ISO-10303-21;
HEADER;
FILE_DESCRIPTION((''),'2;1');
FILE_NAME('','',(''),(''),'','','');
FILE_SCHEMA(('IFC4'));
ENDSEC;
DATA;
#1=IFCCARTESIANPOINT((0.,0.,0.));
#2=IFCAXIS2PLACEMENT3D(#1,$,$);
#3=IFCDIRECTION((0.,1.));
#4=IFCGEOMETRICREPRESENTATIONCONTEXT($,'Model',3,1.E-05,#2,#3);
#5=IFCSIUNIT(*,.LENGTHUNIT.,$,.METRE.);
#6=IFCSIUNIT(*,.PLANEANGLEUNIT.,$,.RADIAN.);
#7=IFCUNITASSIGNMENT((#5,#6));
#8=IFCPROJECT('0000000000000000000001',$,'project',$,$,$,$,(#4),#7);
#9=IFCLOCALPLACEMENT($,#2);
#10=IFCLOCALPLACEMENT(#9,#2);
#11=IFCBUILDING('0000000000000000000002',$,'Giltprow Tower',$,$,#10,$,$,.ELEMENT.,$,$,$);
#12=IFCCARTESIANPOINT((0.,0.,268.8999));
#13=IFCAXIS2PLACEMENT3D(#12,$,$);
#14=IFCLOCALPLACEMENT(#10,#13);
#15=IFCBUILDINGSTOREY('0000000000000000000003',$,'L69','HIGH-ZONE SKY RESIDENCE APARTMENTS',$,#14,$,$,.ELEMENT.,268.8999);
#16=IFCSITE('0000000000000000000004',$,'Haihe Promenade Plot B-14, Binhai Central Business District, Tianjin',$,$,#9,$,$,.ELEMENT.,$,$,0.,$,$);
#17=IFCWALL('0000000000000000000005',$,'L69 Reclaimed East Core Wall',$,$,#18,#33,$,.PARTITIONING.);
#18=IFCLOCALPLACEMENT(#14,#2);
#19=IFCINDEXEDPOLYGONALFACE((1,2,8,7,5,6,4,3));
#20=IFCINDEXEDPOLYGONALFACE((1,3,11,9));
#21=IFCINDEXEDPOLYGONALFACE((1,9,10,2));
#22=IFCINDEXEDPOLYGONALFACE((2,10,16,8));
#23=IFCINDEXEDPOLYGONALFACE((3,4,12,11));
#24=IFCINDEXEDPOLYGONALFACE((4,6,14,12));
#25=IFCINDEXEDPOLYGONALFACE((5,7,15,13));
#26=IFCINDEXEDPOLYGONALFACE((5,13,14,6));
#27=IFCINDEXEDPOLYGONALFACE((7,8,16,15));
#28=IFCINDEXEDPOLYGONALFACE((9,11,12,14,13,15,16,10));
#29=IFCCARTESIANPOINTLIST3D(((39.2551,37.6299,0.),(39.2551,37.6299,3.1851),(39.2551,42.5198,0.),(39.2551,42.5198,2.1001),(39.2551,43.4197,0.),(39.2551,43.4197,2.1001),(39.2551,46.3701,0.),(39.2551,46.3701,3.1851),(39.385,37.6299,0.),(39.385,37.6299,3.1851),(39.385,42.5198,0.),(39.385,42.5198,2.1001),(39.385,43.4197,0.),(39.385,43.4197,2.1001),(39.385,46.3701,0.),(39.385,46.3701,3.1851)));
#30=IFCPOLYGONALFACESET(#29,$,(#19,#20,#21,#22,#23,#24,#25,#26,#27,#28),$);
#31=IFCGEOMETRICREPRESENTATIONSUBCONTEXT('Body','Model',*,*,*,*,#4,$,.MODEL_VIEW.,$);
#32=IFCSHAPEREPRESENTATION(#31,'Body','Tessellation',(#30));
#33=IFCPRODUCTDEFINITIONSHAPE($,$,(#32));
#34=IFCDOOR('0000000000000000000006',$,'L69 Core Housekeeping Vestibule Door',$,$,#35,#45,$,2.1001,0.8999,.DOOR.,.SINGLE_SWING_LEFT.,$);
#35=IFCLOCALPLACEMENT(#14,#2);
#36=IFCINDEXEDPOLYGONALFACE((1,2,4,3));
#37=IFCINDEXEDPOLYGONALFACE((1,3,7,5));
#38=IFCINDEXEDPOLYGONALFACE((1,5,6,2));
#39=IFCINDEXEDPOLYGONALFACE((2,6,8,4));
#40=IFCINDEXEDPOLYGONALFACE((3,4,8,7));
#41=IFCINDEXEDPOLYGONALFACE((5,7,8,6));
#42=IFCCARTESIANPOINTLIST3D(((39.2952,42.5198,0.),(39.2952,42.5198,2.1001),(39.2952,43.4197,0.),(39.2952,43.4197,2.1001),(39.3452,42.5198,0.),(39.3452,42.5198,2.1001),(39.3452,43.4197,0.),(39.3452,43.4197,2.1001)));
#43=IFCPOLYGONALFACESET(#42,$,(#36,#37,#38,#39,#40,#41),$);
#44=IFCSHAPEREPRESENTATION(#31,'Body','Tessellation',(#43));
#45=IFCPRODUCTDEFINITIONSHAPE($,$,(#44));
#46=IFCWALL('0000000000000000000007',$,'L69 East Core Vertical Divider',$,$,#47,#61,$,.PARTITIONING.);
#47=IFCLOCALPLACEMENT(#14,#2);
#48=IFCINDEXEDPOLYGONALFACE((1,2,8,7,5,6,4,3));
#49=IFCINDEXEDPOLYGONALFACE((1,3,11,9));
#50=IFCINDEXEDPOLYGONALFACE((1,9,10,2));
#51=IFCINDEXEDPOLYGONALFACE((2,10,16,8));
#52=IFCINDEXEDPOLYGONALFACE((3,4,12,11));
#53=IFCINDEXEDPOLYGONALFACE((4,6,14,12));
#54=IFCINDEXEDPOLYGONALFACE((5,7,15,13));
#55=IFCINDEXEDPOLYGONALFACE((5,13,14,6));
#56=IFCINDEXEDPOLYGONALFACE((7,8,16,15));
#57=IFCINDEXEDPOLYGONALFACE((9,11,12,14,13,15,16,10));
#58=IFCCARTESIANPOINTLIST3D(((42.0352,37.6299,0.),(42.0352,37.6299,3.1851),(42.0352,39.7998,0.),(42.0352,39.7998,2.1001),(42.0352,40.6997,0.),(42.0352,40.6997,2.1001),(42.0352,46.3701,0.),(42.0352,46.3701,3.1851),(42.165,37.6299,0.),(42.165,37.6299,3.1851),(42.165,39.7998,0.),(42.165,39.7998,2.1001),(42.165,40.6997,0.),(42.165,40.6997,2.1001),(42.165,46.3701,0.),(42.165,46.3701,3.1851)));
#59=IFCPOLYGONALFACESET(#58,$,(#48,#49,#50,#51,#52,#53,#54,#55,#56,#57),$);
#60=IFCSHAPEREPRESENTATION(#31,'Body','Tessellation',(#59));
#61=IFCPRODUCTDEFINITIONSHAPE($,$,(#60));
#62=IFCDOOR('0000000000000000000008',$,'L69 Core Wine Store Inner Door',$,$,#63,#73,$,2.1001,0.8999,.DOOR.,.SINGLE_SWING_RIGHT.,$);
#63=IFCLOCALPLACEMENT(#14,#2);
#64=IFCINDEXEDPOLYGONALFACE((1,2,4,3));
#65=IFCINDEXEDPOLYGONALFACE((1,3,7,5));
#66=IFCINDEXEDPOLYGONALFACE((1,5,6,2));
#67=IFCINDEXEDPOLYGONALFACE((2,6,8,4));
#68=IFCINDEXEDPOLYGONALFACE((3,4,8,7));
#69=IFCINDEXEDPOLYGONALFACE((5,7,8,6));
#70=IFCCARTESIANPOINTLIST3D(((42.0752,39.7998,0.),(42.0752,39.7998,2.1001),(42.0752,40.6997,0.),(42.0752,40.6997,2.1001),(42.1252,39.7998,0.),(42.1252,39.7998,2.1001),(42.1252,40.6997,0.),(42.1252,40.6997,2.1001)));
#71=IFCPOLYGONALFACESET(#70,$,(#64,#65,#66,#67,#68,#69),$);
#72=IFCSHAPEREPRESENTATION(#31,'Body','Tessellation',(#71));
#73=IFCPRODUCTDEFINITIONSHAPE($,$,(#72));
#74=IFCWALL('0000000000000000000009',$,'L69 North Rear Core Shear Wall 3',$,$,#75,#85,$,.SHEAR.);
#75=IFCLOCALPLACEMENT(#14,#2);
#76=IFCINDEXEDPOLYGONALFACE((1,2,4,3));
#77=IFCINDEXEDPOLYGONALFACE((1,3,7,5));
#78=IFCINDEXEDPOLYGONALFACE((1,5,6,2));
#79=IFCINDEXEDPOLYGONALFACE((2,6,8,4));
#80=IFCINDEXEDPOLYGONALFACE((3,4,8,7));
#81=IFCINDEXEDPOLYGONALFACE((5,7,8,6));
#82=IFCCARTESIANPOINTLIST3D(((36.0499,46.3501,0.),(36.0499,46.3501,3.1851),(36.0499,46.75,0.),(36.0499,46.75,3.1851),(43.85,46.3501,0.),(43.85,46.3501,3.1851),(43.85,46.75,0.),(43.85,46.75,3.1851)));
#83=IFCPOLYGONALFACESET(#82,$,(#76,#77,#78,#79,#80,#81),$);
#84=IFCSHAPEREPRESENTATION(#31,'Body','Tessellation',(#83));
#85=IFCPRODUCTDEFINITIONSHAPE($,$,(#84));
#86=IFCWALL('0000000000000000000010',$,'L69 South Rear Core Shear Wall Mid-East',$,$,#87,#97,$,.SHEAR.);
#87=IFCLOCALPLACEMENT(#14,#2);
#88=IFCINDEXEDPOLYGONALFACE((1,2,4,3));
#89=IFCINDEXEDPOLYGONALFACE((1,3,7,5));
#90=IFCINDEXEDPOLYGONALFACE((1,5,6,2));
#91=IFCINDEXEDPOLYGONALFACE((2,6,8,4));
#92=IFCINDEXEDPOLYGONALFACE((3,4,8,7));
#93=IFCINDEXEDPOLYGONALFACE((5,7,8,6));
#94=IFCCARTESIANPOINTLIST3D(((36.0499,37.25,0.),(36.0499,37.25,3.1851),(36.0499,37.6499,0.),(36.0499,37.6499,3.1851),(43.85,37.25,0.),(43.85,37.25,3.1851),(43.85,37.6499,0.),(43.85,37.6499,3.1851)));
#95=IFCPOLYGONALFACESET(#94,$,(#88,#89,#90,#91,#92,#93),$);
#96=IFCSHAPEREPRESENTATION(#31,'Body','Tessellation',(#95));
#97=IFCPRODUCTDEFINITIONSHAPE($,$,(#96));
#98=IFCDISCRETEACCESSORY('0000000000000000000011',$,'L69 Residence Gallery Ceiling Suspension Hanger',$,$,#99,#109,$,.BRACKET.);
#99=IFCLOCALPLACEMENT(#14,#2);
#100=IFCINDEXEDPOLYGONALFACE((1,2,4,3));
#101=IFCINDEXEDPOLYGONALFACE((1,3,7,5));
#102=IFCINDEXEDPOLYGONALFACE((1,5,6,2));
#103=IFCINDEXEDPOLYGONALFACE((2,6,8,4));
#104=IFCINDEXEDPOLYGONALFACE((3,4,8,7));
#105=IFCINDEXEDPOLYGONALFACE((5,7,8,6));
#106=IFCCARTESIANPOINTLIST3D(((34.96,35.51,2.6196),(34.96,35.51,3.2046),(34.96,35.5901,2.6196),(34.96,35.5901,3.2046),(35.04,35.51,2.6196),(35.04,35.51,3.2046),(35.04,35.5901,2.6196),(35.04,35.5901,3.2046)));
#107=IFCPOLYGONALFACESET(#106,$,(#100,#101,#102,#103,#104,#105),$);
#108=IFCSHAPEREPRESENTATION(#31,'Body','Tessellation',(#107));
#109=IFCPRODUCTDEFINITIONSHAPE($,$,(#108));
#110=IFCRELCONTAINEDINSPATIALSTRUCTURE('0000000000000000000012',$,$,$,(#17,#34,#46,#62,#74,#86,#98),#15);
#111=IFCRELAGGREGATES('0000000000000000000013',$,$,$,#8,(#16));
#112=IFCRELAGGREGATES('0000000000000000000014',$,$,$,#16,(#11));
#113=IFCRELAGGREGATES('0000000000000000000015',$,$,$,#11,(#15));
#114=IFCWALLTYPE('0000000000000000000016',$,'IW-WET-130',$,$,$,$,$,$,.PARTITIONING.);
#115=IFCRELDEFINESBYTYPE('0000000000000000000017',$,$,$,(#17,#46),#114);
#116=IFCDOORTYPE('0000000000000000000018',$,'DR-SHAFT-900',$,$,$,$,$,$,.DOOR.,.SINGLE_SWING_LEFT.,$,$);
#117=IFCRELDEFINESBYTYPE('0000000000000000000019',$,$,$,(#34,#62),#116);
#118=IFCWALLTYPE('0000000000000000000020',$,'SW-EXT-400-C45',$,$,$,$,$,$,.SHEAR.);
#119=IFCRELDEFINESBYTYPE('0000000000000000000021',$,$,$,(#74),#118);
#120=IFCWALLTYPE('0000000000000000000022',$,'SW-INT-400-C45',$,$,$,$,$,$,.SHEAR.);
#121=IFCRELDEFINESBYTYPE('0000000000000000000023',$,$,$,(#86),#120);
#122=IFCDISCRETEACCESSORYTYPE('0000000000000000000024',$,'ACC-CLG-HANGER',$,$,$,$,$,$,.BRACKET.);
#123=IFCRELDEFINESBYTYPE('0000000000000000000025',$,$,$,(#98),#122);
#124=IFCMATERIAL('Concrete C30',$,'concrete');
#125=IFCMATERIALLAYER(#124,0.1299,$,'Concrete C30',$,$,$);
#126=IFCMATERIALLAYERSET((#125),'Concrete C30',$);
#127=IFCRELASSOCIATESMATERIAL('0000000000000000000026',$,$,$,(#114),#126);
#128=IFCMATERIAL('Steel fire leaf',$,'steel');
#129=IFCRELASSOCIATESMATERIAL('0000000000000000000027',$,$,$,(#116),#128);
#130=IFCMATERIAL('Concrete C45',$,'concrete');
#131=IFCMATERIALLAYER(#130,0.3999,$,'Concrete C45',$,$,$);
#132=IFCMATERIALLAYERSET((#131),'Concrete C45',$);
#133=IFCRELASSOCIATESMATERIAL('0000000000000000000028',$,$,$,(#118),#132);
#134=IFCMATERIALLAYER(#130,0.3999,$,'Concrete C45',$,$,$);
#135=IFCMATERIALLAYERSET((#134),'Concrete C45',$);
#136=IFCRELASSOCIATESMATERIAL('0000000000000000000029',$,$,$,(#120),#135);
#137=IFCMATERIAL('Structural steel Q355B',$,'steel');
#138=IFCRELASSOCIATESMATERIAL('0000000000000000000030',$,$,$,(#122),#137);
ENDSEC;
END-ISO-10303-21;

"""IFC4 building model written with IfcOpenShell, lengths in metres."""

from ifc_helpers import new_model, si_unit, direction, frame, frame_2d, origin, origin_2d, place, context, subcontext, project, spatial, rectangle, extrude, source, transform, mapped, material, layer, layer_set, type_object, element, fill, save


model = new_model("IFC4")

# Units and contexts
model_context = context("Model", 3, precision=1e-05, world=origin(), true_north=direction((0.0, 1.0)))
body_context = subcontext(model_context, "Body", "Model", "MODEL_VIEW")
ifc_project = project(units=[si_unit("LENGTHUNIT", "METRE"), si_unit("PLANEANGLEUNIT", "RADIAN")], contexts=[model_context])

# Site, building, storey
site_placement = place(None, origin())
site = spatial("IfcSite", under=ifc_project, at=site_placement, Name="Haihe Promenade Plot B-14, Binhai Central Business District, Tianjin", CompositionType="ELEMENT", RefElevation=0.0)
building_placement = place(site_placement, origin())
building = spatial("IfcBuilding", under=site, at=building_placement, Name="Giltprow Tower", CompositionType="ELEMENT")
storey_placement = place(building_placement, frame((0.0, 0.0, 268.8999)))
storey = spatial("IfcBuildingStorey", under=building, at=storey_placement, Name="L69", Description="HIGH-ZONE SKY RESIDENCE APARTMENTS", CompositionType="ELEMENT", Elevation=268.8999)

# Shared definitions
ifc_material_1 = material(Name="Concrete C45", Category="concrete")

# Shared definitions
ifc_material_2 = material(Name="Structural steel Q355B", Category="steel")

# Shared definitions
ifc_material_3 = material(Name="Concrete C30", Category="concrete")
ifc_layer_1 = layer(ifc_material_3, 0.1299, Name="Concrete C30")
ifc_layer_set_1 = layer_set([ifc_layer_1], Name="Concrete C30")
wall_type_1 = type_object("IfcWallType", Name="IW-WET-130", PredefinedType="PARTITIONING", material=ifc_layer_set_1)
ifc_material_4 = material(Name="Steel fire leaf", Category="steel")
door_type_1 = type_object("IfcDoorType", Name="DR-SHAFT-900", OperationType="SINGLE_SWING_LEFT", PredefinedType="DOOR", material=ifc_material_4)
shared_shape_1 = source(origin(), body_context, "Body", "SweptSolid", [
    extrude(rectangle(XDim=0.8999, YDim=2.1001, at=frame_2d((0.45, 1.05))), frame((0.0, 0.0249, 0.0), z_axis=(0.0, -1.0, 0.0), x_axis=(1.0, 0.0, 0.0)), (0.0, 0.0, 1.0), 0.05),
])

# Walls, openings, doors
wall_1_placement = place(storey_placement, frame((39.3201, 37.6299, 0.0), z_axis=(0.0, 0.0, 1.0), x_axis=(0.0, 1.0, 0.0)))
wall_1 = element("IfcWall", 1, at=wall_1_placement, inside=storey, type_object=wall_type_1, Name="L69 Reclaimed East Core Wall", PredefinedType="PARTITIONING", context=body_context, shape_type="SweptSolid", body=[
    extrude(rectangle(XDim=8.7402, YDim=0.1299, at=frame_2d((4.3701, 0.0))), origin(), (0.0, 0.0, 1.0), 3.1851),
])
opening_1_placement = place(wall_1_placement, frame((4.8899, 0.0, 0.0)))
opening_1 = element("IfcOpeningElement", 2, at=opening_1_placement, cuts=wall_1, PredefinedType="OPENING", context=body_context, shape_type="SweptSolid", body=[
    extrude(rectangle(XDim=0.8999, YDim=2.1001, at=frame_2d((0.45, 1.05))), frame((0.0, 0.075, 0.0), z_axis=(0.0, -1.0, 0.0), x_axis=(1.0, 0.0, 0.0)), (0.0, 0.0, 1.0), 0.1499),
])
door_1_placement = place(opening_1_placement, origin())
door_1 = element("IfcDoor", 3, at=door_1_placement, inside=storey, type_object=door_type_1, Name="L69 Core Housekeeping Vestibule Door", OperationType="SINGLE_SWING_LEFT", OverallHeight=2.1001, OverallWidth=0.8999, PredefinedType="DOOR", context=body_context, shape_type="MappedRepresentation", body=[
    mapped(shared_shape_1, transform((0.0, 0.0, 0.0), x_axis=(1.0, 0.0, 0.0), y_axis=(0.0, 1.0, 0.0), z_axis=(0.0, 0.0, 1.0), scale=1.0)),
])
fill(opening_1, door_1)
wall_2_placement = place(storey_placement, frame((42.1001, 37.6299, 0.0), z_axis=(0.0, 0.0, 1.0), x_axis=(0.0, 1.0, 0.0)))
wall_2 = element("IfcWall", 4, at=wall_2_placement, inside=storey, type_object=wall_type_1, Name="L69 East Core Vertical Divider", PredefinedType="PARTITIONING", context=body_context, shape_type="SweptSolid", body=[
    extrude(rectangle(XDim=8.7402, YDim=0.1299, at=frame_2d((4.3701, 0.0))), origin(), (0.0, 0.0, 1.0), 3.1851),
])
opening_2_placement = place(wall_2_placement, frame((2.1699, 0.0, 0.0)))
opening_2 = element("IfcOpeningElement", 5, at=opening_2_placement, cuts=wall_2, PredefinedType="OPENING", context=body_context, shape_type="SweptSolid", body=[
    extrude(rectangle(XDim=0.8999, YDim=2.1001, at=frame_2d((0.45, 1.05))), frame((0.0, 0.075, 0.0), z_axis=(0.0, -1.0, 0.0), x_axis=(1.0, 0.0, 0.0)), (0.0, 0.0, 1.0), 0.1499),
])
door_2_placement = place(opening_2_placement, origin())
door_2 = element("IfcDoor", 6, at=door_2_placement, inside=storey, type_object=door_type_1, Name="L69 Core Wine Store Inner Door", OperationType="SINGLE_SWING_RIGHT", OverallHeight=2.1001, OverallWidth=0.8999, PredefinedType="DOOR", context=body_context, shape_type="MappedRepresentation", body=[
    mapped(shared_shape_1, transform((0.0, 0.0, 0.0), x_axis=(1.0, 0.0, 0.0), y_axis=(0.0, 1.0, 0.0), z_axis=(0.0, 0.0, 1.0), scale=1.0)),
])
fill(opening_2, door_2)

# Walls
ifc_layer_2 = layer(ifc_material_1, 0.3999, Name="Concrete C45")
ifc_layer_set_2 = layer_set([ifc_layer_2], Name="Concrete C45")
wall_type_2 = type_object("IfcWallType", Name="SW-EXT-400-C45", PredefinedType="SHEAR", material=ifc_layer_set_2)
wall_3_placement = place(storey_placement, frame((36.05, 46.55, 0.0), z_axis=(0.0, 0.0, 1.0), x_axis=(1.0, 0.0, 0.0)))
element("IfcWall", 7, at=wall_3_placement, inside=storey, type_object=wall_type_2, Name="L69 North Rear Core Shear Wall 3", PredefinedType="SHEAR", context=body_context, shape_type="SweptSolid", body=[
    extrude(rectangle(XDim=7.8, YDim=0.3999, at=frame_2d((3.8999, 0.0))), origin(), (0.0, 0.0, 1.0), 3.1851),
])
ifc_layer_3 = layer(ifc_material_1, 0.3999, Name="Concrete C45")
ifc_layer_set_3 = layer_set([ifc_layer_3], Name="Concrete C45")
wall_type_3 = type_object("IfcWallType", Name="SW-INT-400-C45", PredefinedType="SHEAR", material=ifc_layer_set_3)
wall_4_placement = place(storey_placement, frame((36.05, 37.45, 0.0), z_axis=(0.0, 0.0, 1.0), x_axis=(1.0, 0.0, 0.0)))
element("IfcWall", 8, at=wall_4_placement, inside=storey, type_object=wall_type_3, Name="L69 South Rear Core Shear Wall Mid-East", PredefinedType="SHEAR", context=body_context, shape_type="SweptSolid", body=[
    extrude(rectangle(XDim=7.8, YDim=0.3999, at=frame_2d((3.8999, 0.0))), origin(), (0.0, 0.0, 1.0), 3.1851),
])

# Discrete accessory
discrete_accessory_type = type_object("IfcDiscreteAccessoryType", Name="ACC-CLG-HANGER", PredefinedType="BRACKET", material=ifc_material_2)
shared_shape_2 = source(origin(), body_context, "Body", "SweptSolid", [
    extrude(rectangle(XDim=0.0801, YDim=0.0801, at=origin_2d()), origin(), (0.0, 0.0, 1.0), 0.585),
])
discrete_accessory_placement = place(storey_placement, frame((35.0, 35.55, 2.6196), z_axis=(0.0, 0.0, 1.0), x_axis=(1.0, 0.0, 0.0)))
element("IfcDiscreteAccessory", 9, at=discrete_accessory_placement, inside=storey, type_object=discrete_accessory_type, Name="L69 Residence Gallery Ceiling Suspension Hanger", PredefinedType="BRACKET", context=body_context, shape_type="MappedRepresentation", body=[
    mapped(shared_shape_2, transform((0.0, 0.0, 0.0), x_axis=(1.0, 0.0, 0.0), y_axis=(0.0, 1.0, 0.0), z_axis=(0.0, 0.0, 1.0), scale=1.0)),
])

save(model, "model.ifc")
